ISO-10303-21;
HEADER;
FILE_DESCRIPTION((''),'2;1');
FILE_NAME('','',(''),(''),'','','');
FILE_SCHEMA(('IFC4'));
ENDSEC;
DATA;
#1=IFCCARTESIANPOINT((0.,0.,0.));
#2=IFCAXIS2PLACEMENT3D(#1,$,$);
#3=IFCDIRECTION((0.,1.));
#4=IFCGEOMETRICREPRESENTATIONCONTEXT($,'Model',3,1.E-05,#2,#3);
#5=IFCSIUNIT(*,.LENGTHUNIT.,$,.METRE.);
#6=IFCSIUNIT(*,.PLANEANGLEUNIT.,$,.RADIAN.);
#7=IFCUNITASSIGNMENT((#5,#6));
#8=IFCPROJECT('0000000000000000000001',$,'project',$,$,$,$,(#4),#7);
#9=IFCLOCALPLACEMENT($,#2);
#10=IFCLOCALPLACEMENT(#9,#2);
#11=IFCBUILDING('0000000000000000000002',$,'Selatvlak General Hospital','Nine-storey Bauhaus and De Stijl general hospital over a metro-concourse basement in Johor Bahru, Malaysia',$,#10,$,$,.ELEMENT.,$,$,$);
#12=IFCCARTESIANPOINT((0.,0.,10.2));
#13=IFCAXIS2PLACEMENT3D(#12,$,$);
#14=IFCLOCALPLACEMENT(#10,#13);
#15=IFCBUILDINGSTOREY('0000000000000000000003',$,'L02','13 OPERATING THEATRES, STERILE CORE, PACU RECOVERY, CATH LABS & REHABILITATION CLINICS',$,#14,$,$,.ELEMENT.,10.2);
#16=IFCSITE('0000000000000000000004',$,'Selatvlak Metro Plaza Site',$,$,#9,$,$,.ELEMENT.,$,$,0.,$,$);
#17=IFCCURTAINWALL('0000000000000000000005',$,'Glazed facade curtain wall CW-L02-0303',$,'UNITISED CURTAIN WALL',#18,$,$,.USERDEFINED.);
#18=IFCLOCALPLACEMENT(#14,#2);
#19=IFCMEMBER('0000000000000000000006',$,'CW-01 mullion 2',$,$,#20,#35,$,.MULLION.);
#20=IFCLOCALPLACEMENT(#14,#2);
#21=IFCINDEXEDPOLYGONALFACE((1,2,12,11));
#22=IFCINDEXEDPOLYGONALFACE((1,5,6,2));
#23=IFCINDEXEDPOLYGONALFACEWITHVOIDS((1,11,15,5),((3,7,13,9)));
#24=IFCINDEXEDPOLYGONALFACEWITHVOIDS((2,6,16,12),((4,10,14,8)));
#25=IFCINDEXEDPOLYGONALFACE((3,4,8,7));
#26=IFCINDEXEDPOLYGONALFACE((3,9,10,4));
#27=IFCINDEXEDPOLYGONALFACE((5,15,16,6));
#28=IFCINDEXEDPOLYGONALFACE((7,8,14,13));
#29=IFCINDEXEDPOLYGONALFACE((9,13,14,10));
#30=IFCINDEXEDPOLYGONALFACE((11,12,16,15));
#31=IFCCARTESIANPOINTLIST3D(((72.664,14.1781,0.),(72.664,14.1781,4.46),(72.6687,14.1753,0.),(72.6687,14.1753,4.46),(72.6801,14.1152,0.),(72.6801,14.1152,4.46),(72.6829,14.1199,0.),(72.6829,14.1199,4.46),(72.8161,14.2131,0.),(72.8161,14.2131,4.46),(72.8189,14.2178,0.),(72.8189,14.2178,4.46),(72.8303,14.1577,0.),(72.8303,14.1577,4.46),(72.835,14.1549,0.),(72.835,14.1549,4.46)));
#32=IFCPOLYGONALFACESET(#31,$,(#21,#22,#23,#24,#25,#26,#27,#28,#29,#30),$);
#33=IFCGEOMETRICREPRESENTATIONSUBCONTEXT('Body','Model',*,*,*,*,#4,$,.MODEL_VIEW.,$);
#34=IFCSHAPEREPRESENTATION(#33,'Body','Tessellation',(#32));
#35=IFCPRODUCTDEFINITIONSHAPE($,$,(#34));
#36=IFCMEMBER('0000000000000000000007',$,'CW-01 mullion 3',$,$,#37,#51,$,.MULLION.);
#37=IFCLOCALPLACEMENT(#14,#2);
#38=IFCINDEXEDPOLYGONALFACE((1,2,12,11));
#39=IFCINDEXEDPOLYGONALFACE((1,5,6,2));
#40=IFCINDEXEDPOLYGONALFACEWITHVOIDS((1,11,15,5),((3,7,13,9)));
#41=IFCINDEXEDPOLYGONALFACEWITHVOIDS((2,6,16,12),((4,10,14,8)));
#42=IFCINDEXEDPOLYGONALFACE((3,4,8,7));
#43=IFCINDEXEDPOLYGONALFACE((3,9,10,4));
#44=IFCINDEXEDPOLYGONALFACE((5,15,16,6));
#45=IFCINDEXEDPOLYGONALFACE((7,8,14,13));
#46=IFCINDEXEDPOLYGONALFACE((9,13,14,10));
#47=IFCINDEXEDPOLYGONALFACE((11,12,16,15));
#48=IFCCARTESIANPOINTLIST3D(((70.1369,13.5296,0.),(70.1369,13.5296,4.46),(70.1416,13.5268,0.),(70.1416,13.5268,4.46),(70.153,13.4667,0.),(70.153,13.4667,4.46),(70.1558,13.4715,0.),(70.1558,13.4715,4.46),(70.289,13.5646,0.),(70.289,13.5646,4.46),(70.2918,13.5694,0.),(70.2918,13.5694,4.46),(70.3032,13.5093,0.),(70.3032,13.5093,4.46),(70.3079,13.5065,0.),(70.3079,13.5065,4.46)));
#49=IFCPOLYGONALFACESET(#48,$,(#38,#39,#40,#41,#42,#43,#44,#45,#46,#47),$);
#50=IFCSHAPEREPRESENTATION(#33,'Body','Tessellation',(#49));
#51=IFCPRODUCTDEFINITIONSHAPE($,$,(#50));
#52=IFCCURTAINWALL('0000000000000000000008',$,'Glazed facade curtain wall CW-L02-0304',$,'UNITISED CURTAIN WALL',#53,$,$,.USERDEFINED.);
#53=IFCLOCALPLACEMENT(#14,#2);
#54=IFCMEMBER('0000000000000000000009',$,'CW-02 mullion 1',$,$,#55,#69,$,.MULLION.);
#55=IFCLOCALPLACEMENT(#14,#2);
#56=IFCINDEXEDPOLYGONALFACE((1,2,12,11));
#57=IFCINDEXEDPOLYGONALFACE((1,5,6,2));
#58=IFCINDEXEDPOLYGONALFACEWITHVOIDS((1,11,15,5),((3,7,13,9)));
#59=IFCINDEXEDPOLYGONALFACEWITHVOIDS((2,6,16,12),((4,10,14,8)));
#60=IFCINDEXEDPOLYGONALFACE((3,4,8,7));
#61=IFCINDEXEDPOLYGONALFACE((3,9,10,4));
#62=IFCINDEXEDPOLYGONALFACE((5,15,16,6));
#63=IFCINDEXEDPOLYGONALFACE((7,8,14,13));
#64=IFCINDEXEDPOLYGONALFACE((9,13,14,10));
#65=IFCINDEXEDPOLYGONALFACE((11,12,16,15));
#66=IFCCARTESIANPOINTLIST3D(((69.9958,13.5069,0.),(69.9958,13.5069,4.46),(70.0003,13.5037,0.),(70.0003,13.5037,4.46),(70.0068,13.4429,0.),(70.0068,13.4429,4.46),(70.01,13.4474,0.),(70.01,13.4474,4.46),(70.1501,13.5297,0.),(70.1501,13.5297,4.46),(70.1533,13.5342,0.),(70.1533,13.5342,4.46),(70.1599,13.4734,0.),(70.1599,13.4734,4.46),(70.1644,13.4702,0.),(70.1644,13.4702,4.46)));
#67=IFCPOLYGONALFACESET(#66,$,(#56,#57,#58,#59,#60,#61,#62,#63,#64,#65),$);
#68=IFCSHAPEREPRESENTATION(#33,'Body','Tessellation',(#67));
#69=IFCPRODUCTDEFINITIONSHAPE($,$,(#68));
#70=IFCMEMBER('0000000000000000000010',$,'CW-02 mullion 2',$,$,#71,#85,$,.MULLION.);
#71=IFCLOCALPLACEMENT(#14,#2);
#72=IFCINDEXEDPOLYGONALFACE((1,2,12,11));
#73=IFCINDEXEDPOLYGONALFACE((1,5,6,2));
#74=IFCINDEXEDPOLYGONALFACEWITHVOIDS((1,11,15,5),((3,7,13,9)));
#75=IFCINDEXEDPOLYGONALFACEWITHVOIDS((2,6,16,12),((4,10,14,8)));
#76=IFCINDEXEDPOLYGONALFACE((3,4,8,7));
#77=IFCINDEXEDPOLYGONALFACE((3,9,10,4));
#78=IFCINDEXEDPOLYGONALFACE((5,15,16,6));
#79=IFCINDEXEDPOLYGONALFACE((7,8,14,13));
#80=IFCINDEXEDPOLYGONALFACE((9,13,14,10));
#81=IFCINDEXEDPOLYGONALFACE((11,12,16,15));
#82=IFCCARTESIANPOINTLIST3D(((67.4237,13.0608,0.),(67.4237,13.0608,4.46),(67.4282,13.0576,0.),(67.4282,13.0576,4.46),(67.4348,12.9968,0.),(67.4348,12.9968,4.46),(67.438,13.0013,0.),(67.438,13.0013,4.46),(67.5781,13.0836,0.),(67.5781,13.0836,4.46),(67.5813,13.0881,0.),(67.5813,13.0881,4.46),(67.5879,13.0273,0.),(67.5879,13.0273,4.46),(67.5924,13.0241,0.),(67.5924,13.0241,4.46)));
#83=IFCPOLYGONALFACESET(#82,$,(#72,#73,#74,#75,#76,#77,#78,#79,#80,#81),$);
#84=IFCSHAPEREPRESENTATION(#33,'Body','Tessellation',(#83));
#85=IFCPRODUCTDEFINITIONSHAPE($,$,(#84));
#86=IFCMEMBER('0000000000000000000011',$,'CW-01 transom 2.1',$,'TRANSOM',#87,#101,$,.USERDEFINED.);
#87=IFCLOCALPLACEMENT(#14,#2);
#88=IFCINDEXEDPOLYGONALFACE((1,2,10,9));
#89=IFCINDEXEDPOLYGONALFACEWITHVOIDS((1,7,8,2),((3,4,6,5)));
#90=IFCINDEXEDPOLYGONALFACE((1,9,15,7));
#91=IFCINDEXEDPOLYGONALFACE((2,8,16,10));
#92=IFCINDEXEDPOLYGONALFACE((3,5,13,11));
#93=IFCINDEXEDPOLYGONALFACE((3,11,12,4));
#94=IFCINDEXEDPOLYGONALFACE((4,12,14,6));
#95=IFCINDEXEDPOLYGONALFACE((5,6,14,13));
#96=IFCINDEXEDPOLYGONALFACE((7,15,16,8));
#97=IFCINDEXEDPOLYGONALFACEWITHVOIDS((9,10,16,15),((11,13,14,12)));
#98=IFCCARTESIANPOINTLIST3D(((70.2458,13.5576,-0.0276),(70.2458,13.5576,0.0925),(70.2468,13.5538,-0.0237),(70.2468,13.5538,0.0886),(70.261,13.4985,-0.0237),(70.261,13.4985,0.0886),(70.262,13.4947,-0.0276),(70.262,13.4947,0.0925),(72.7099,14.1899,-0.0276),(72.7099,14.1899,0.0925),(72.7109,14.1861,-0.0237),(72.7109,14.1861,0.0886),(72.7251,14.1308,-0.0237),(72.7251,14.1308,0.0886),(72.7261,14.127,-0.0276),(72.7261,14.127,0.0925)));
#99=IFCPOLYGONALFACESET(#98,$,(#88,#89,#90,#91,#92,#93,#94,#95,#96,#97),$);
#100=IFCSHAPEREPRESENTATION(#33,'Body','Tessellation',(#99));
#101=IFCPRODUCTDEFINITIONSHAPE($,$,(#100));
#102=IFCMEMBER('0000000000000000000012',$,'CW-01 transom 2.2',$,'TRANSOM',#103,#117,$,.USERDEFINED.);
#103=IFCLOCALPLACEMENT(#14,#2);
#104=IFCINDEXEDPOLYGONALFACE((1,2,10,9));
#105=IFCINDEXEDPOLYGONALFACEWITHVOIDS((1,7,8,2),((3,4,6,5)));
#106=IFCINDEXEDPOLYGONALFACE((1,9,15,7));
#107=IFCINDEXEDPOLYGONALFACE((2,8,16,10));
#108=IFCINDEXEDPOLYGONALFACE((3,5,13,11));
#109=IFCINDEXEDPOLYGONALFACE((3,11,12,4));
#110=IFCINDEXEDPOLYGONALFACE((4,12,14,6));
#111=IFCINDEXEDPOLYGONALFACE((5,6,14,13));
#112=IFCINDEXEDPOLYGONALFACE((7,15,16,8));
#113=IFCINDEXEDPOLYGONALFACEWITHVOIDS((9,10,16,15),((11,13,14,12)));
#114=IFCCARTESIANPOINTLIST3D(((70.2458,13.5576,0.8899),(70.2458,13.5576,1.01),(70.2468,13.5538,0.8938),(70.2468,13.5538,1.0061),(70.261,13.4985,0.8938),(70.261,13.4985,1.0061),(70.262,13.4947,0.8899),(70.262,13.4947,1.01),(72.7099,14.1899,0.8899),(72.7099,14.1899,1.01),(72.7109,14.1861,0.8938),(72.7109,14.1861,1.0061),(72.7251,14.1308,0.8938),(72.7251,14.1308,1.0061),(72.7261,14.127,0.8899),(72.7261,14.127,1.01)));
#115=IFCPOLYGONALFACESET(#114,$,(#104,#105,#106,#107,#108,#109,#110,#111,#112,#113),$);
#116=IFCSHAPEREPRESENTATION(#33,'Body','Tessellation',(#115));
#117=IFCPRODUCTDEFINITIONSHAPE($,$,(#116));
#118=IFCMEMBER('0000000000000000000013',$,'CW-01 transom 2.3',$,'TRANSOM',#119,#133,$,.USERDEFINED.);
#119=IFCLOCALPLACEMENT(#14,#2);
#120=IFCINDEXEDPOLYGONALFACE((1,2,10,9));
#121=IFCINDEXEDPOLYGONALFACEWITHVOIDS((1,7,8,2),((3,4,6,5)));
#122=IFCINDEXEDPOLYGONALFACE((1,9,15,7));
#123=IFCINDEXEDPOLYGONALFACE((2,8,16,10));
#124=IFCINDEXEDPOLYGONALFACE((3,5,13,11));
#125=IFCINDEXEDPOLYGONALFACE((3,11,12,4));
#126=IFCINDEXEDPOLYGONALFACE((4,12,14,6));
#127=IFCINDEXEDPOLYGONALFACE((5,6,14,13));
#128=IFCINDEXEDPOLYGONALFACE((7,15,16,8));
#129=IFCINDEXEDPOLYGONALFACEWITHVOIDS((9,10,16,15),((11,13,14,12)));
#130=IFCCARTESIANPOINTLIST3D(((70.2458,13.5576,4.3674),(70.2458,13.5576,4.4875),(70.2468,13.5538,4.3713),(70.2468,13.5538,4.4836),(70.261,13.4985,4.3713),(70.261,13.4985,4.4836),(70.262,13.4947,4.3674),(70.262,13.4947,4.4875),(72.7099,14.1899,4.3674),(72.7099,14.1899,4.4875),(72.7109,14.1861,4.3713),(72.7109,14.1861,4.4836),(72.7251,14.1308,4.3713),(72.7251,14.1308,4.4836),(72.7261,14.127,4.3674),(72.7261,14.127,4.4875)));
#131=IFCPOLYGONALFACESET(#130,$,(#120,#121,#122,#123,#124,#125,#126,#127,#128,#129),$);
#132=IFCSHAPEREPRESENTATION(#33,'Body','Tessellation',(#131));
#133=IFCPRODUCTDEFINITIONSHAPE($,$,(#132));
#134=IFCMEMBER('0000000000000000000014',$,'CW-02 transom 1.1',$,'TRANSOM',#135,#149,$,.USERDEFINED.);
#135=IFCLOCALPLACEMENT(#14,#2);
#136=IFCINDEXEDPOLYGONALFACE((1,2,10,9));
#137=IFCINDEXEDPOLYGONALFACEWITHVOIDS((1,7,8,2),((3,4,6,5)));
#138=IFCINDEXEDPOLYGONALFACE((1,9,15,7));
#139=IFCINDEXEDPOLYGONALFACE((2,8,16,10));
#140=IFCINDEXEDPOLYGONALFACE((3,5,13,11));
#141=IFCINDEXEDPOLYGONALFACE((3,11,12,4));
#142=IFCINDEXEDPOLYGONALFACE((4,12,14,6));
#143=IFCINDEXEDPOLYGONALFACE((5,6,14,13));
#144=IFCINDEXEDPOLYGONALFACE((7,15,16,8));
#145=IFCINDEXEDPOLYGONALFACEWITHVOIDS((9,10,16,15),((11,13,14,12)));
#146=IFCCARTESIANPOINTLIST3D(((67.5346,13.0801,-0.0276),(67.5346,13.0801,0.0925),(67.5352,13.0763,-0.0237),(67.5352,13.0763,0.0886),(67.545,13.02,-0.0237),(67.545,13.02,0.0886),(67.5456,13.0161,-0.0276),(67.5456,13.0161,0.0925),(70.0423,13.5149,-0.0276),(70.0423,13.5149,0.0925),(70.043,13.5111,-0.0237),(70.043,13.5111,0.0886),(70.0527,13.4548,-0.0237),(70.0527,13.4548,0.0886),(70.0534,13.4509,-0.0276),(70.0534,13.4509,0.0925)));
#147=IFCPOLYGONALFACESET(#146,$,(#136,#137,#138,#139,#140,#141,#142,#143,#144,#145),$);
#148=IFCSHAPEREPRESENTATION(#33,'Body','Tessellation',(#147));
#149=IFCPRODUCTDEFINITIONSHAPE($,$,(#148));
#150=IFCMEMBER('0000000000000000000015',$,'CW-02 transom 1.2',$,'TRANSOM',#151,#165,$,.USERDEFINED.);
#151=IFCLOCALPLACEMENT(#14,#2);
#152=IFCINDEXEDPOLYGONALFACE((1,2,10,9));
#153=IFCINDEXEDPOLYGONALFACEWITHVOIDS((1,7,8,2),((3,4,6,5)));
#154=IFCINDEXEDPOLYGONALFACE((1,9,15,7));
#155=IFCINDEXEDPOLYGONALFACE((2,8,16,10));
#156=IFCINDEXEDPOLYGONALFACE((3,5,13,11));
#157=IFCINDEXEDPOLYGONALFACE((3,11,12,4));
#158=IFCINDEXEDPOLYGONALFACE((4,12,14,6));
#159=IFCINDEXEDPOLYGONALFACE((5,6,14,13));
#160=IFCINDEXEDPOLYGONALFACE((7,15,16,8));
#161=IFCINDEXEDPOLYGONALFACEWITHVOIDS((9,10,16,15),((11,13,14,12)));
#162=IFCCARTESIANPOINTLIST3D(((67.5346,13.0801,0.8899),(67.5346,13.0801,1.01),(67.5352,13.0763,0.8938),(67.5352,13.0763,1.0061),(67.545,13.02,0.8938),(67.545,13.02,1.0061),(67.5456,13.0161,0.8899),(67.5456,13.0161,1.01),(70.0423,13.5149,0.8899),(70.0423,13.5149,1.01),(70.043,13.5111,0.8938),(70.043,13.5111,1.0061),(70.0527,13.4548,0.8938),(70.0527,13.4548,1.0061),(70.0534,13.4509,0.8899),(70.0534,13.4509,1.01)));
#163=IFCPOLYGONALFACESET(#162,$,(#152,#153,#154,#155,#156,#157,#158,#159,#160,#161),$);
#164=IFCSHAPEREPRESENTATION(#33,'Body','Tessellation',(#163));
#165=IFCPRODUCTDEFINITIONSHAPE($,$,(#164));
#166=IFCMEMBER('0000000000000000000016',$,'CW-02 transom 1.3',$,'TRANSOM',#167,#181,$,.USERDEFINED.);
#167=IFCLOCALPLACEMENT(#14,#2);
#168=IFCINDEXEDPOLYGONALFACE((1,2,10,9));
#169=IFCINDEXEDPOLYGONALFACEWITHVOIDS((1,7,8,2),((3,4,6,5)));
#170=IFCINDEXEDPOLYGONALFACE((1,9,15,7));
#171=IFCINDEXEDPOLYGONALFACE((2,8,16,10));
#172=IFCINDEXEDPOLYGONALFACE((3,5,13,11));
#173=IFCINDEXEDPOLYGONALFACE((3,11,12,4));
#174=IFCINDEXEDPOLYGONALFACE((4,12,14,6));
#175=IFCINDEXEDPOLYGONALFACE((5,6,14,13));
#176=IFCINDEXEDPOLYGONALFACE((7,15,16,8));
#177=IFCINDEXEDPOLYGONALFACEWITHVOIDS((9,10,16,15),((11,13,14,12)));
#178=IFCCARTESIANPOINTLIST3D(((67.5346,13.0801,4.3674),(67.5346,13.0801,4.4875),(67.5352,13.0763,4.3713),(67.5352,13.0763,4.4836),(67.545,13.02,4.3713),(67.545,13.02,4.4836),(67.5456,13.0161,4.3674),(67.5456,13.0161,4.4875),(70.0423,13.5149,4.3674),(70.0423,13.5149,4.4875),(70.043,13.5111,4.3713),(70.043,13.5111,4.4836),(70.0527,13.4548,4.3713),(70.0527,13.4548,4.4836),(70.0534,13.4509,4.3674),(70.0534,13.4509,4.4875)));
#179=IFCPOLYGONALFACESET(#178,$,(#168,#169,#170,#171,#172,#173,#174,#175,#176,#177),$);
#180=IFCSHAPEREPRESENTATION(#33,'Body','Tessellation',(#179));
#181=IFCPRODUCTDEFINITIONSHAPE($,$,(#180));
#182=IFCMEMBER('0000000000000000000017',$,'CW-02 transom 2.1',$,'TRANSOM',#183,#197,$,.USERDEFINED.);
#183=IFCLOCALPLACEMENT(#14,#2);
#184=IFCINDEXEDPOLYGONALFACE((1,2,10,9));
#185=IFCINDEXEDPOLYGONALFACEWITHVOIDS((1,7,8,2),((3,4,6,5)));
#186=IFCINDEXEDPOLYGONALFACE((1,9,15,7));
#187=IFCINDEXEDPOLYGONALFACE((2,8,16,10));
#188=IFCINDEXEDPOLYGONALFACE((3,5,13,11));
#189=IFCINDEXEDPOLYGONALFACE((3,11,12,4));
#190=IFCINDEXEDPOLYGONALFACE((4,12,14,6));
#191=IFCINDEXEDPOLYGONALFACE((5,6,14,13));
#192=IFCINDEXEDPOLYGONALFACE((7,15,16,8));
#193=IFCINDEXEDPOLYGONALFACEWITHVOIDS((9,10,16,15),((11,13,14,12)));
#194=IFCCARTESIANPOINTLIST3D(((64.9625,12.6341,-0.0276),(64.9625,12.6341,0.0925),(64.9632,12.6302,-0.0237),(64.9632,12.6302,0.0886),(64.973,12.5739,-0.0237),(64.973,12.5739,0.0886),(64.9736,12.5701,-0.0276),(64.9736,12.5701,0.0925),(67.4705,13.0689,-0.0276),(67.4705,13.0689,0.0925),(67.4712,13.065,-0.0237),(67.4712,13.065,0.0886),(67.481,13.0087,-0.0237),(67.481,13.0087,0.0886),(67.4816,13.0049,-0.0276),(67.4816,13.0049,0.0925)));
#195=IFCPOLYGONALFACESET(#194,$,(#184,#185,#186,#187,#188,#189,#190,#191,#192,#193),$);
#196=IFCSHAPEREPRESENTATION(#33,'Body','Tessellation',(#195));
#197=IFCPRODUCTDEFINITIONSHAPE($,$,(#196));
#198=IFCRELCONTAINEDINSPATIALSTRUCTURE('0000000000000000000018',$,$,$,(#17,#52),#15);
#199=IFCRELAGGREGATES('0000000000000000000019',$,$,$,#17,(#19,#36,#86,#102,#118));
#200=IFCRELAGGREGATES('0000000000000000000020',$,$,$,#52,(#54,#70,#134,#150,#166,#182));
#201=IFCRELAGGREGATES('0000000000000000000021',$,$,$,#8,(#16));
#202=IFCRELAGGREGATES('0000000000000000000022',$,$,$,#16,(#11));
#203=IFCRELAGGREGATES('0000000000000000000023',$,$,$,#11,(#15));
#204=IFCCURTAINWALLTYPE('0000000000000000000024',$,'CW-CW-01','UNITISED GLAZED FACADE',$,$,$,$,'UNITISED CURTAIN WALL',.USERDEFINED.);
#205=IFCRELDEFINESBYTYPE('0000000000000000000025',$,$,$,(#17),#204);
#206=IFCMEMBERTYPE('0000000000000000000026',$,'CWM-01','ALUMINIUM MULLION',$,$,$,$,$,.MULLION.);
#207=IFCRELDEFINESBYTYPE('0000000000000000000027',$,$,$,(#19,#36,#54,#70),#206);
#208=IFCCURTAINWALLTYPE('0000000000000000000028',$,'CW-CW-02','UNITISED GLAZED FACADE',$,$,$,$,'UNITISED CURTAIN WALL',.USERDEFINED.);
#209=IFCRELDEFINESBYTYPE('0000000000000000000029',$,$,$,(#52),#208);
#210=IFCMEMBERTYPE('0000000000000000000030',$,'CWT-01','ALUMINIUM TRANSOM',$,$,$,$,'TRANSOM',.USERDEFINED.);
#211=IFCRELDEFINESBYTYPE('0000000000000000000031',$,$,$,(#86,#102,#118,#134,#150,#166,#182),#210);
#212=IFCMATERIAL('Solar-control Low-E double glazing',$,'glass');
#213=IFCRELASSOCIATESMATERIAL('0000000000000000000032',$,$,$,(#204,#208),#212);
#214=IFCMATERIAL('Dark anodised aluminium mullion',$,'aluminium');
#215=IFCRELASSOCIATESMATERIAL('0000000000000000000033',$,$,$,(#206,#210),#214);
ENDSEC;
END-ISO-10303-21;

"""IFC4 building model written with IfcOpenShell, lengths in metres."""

from ifc_helpers import new_model, si_unit, direction, frame, origin, origin_2d, place, context, subcontext, project, spatial, hollow_rectangle, extrude, material, material_profile, profile_set, type_object, element, aggregate, save


model = new_model("IFC4")

# Units and contexts
model_context = context("Model", 3, precision=1e-05, world=origin(), true_north=direction((0.0, 1.0)))
body_context = subcontext(model_context, "Body", "Model", "MODEL_VIEW")
ifc_project = project(units=[si_unit("LENGTHUNIT", "METRE"), si_unit("PLANEANGLEUNIT", "RADIAN")], contexts=[model_context])

# Site, building, storey
site_placement = place(None, origin())
site = spatial("IfcSite", under=ifc_project, at=site_placement, Name="Selatvlak Metro Plaza Site", CompositionType="ELEMENT", RefElevation=0.0)
building_placement = place(site_placement, origin())
building = spatial("IfcBuilding", under=site, at=building_placement, Name="Selatvlak General Hospital", Description="Nine-storey Bauhaus and De Stijl general hospital over a metro-concourse basement in Johor Bahru, Malaysia", CompositionType="ELEMENT")
storey_placement = place(building_placement, frame((0.0, 0.0, 10.2)))
storey = spatial("IfcBuildingStorey", under=building, at=storey_placement, Name="L02", Description="13 OPERATING THEATRES, STERILE CORE, PACU RECOVERY, CATH LABS & REHABILITATION CLINICS", CompositionType="ELEMENT", Elevation=10.2)

# Curtain walls, members
ifc_material_1 = material(Name="Solar-control Low-E double glazing", Category="glass")
curtain_wall_type_1 = type_object("IfcCurtainWallType", Name="CW-CW-01", Description="UNITISED GLAZED FACADE", ElementType="UNITISED CURTAIN WALL", PredefinedType="USERDEFINED", material=ifc_material_1)
curtain_wall_1_placement = place(storey_placement, origin())
curtain_wall_1 = element("IfcCurtainWall", 1, at=curtain_wall_1_placement, inside=storey, type_object=curtain_wall_type_1, Name="Glazed facade curtain wall CW-L02-0303", ObjectType="UNITISED CURTAIN WALL", PredefinedType="USERDEFINED")
ifc_material_2 = material(Name="Dark anodised aluminium mullion", Category="aluminium")
ifc_material_profile_1 = material_profile(ifc_material_2, hollow_rectangle(XDim=0.0649, YDim=0.1599, WallThickness=0.0039, at=origin_2d()), Name="AL-MUL 65x160x4")
ifc_profile_set_1 = profile_set([ifc_material_profile_1], Name="Dark anodised aluminium mullion")
member_type_1 = type_object("IfcMemberType", Name="CWM-01", Description="ALUMINIUM MULLION", PredefinedType="MULLION", material=ifc_profile_set_1)
member_1_placement = place(storey_placement, frame((72.7495, 14.1665, 0.0), z_axis=(0.0, 0.0, 1.0), x_axis=(0.248544, -0.968621, 0.0)))
member_1 = element("IfcMember", 2, at=member_1_placement, type_object=member_type_1, Name="CW-01 mullion 2", PredefinedType="MULLION", context=body_context, shape_type="SweptSolid", body=[
    extrude(hollow_rectangle(XDim=0.0649, YDim=0.1599, WallThickness=0.0039, at=origin_2d()), origin(), (0.0, 0.0, 1.0), 4.46),
])
member_2_placement = place(storey_placement, frame((70.2224, 13.5181, 0.0), z_axis=(0.0, 0.0, 1.0), x_axis=(0.248544, -0.968621, 0.0)))
member_2 = element("IfcMember", 3, at=member_2_placement, type_object=member_type_1, Name="CW-01 mullion 3", PredefinedType="MULLION", context=body_context, shape_type="SweptSolid", body=[
    extrude(hollow_rectangle(XDim=0.0649, YDim=0.1599, WallThickness=0.0039, at=origin_2d()), origin(), (0.0, 0.0, 1.0), 4.46),
])
curtain_wall_type_2 = type_object("IfcCurtainWallType", Name="CW-CW-02", Description="UNITISED GLAZED FACADE", ElementType="UNITISED CURTAIN WALL", PredefinedType="USERDEFINED", material=ifc_material_1)
curtain_wall_2_placement = place(storey_placement, origin())
curtain_wall_2 = element("IfcCurtainWall", 4, at=curtain_wall_2_placement, inside=storey, type_object=curtain_wall_type_2, Name="Glazed facade curtain wall CW-L02-0304", ObjectType="UNITISED CURTAIN WALL", PredefinedType="USERDEFINED")
member_3_placement = place(storey_placement, frame((70.0801, 13.4885, 0.0), z_axis=(0.0, 0.0, 1.0), x_axis=(0.170838, -0.985299, 0.0)))
member_3 = element("IfcMember", 5, at=member_3_placement, type_object=member_type_1, Name="CW-02 mullion 1", PredefinedType="MULLION", context=body_context, shape_type="SweptSolid", body=[
    extrude(hollow_rectangle(XDim=0.0649, YDim=0.1599, WallThickness=0.0039, at=origin_2d()), origin(), (0.0, 0.0, 1.0), 4.46),
])
member_4_placement = place(storey_placement, frame((67.5081, 13.0425, 0.0), z_axis=(0.0, 0.0, 1.0), x_axis=(0.170838, -0.985299, 0.0)))
member_4 = element("IfcMember", 6, at=member_4_placement, type_object=member_type_1, Name="CW-02 mullion 2", PredefinedType="MULLION", context=body_context, shape_type="SweptSolid", body=[
    extrude(hollow_rectangle(XDim=0.0649, YDim=0.1599, WallThickness=0.0039, at=origin_2d()), origin(), (0.0, 0.0, 1.0), 4.46),
])

# Members
ifc_material_profile_2 = material_profile(ifc_material_2, hollow_rectangle(XDim=0.0649, YDim=0.1201, WallThickness=0.0039, at=origin_2d()), Name="AL-TRN 65x120x4")
ifc_profile_set_2 = profile_set([ifc_material_profile_2], Name="Dark anodised aluminium mullion")
member_type_2 = type_object("IfcMemberType", Name="CWT-01", Description="ALUMINIUM TRANSOM", ElementType="TRANSOM", PredefinedType="USERDEFINED", material=ifc_profile_set_2)
member_5_placement = place(storey_placement, frame((72.718, 14.1584, 0.0325), z_axis=(-0.968616, -0.24856, 0.0), x_axis=(0.24856, -0.968616, 0.0)))
member_5 = element("IfcMember", 7, at=member_5_placement, type_object=member_type_2, Name="CW-01 transom 2.1", ObjectType="TRANSOM", PredefinedType="USERDEFINED", context=body_context, shape_type="SweptSolid", body=[
    extrude(hollow_rectangle(XDim=0.0649, YDim=0.1201, WallThickness=0.0039, at=origin_2d()), origin(), (0.0, 0.0, 1.0), 2.5439),
])
member_6_placement = place(storey_placement, frame((72.718, 14.1584, 0.95), z_axis=(-0.968616, -0.24856, 0.0), x_axis=(0.24856, -0.968616, 0.0)))
member_6 = element("IfcMember", 8, at=member_6_placement, type_object=member_type_2, Name="CW-01 transom 2.2", ObjectType="TRANSOM", PredefinedType="USERDEFINED", context=body_context, shape_type="SweptSolid", body=[
    extrude(hollow_rectangle(XDim=0.0649, YDim=0.1201, WallThickness=0.0039, at=origin_2d()), origin(), (0.0, 0.0, 1.0), 2.5439),
])
member_7_placement = place(storey_placement, frame((72.718, 14.1584, 4.4275), z_axis=(-0.968616, -0.24856, 0.0), x_axis=(0.24856, -0.968616, 0.0)))
member_7 = element("IfcMember", 9, at=member_7_placement, type_object=member_type_2, Name="CW-01 transom 2.3", ObjectType="TRANSOM", PredefinedType="USERDEFINED", context=body_context, shape_type="SweptSolid", body=[
    extrude(hollow_rectangle(XDim=0.0649, YDim=0.1201, WallThickness=0.0039, at=origin_2d()), origin(), (0.0, 0.0, 1.0), 2.5439),
])
member_8_placement = place(storey_placement, frame((70.0479, 13.4829, 0.0325), z_axis=(-0.9853, -0.170835, 0.0), x_axis=(0.170835, -0.9853, 0.0)))
member_8 = element("IfcMember", 10, at=member_8_placement, type_object=member_type_2, Name="CW-02 transom 1.1", ObjectType="TRANSOM", PredefinedType="USERDEFINED", context=body_context, shape_type="SweptSolid", body=[
    extrude(hollow_rectangle(XDim=0.0649, YDim=0.1201, WallThickness=0.0039, at=origin_2d()), origin(), (0.0, 0.0, 1.0), 2.5452),
])
member_9_placement = place(storey_placement, frame((70.0479, 13.4829, 0.95), z_axis=(-0.9853, -0.170835, 0.0), x_axis=(0.170835, -0.9853, 0.0)))
member_9 = element("IfcMember", 11, at=member_9_placement, type_object=member_type_2, Name="CW-02 transom 1.2", ObjectType="TRANSOM", PredefinedType="USERDEFINED", context=body_context, shape_type="SweptSolid", body=[
    extrude(hollow_rectangle(XDim=0.0649, YDim=0.1201, WallThickness=0.0039, at=origin_2d()), origin(), (0.0, 0.0, 1.0), 2.5452),
])
member_10_placement = place(storey_placement, frame((70.0479, 13.4829, 4.4275), z_axis=(-0.9853, -0.170835, 0.0), x_axis=(0.170835, -0.9853, 0.0)))
member_10 = element("IfcMember", 12, at=member_10_placement, type_object=member_type_2, Name="CW-02 transom 1.3", ObjectType="TRANSOM", PredefinedType="USERDEFINED", context=body_context, shape_type="SweptSolid", body=[
    extrude(hollow_rectangle(XDim=0.0649, YDim=0.1201, WallThickness=0.0039, at=origin_2d()), origin(), (0.0, 0.0, 1.0), 2.5452),
])
member_11_placement = place(storey_placement, frame((67.4761, 13.0369, 0.0325), z_axis=(-0.985302, -0.170819, 0.0), x_axis=(0.170819, -0.985302, 0.0)))
member_11 = element("IfcMember", 13, at=member_11_placement, type_object=member_type_2, Name="CW-02 transom 2.1", ObjectType="TRANSOM", PredefinedType="USERDEFINED", context=body_context, shape_type="SweptSolid", body=[
    extrude(hollow_rectangle(XDim=0.0649, YDim=0.1201, WallThickness=0.0039, at=origin_2d()), origin(), (0.0, 0.0, 1.0), 2.5454),
])

aggregate(curtain_wall_1, [member_1, member_2, member_5, member_6, member_7])
aggregate(curtain_wall_2, [member_3, member_4, member_8, member_9, member_10, member_11])

save(model, "model.ifc")
